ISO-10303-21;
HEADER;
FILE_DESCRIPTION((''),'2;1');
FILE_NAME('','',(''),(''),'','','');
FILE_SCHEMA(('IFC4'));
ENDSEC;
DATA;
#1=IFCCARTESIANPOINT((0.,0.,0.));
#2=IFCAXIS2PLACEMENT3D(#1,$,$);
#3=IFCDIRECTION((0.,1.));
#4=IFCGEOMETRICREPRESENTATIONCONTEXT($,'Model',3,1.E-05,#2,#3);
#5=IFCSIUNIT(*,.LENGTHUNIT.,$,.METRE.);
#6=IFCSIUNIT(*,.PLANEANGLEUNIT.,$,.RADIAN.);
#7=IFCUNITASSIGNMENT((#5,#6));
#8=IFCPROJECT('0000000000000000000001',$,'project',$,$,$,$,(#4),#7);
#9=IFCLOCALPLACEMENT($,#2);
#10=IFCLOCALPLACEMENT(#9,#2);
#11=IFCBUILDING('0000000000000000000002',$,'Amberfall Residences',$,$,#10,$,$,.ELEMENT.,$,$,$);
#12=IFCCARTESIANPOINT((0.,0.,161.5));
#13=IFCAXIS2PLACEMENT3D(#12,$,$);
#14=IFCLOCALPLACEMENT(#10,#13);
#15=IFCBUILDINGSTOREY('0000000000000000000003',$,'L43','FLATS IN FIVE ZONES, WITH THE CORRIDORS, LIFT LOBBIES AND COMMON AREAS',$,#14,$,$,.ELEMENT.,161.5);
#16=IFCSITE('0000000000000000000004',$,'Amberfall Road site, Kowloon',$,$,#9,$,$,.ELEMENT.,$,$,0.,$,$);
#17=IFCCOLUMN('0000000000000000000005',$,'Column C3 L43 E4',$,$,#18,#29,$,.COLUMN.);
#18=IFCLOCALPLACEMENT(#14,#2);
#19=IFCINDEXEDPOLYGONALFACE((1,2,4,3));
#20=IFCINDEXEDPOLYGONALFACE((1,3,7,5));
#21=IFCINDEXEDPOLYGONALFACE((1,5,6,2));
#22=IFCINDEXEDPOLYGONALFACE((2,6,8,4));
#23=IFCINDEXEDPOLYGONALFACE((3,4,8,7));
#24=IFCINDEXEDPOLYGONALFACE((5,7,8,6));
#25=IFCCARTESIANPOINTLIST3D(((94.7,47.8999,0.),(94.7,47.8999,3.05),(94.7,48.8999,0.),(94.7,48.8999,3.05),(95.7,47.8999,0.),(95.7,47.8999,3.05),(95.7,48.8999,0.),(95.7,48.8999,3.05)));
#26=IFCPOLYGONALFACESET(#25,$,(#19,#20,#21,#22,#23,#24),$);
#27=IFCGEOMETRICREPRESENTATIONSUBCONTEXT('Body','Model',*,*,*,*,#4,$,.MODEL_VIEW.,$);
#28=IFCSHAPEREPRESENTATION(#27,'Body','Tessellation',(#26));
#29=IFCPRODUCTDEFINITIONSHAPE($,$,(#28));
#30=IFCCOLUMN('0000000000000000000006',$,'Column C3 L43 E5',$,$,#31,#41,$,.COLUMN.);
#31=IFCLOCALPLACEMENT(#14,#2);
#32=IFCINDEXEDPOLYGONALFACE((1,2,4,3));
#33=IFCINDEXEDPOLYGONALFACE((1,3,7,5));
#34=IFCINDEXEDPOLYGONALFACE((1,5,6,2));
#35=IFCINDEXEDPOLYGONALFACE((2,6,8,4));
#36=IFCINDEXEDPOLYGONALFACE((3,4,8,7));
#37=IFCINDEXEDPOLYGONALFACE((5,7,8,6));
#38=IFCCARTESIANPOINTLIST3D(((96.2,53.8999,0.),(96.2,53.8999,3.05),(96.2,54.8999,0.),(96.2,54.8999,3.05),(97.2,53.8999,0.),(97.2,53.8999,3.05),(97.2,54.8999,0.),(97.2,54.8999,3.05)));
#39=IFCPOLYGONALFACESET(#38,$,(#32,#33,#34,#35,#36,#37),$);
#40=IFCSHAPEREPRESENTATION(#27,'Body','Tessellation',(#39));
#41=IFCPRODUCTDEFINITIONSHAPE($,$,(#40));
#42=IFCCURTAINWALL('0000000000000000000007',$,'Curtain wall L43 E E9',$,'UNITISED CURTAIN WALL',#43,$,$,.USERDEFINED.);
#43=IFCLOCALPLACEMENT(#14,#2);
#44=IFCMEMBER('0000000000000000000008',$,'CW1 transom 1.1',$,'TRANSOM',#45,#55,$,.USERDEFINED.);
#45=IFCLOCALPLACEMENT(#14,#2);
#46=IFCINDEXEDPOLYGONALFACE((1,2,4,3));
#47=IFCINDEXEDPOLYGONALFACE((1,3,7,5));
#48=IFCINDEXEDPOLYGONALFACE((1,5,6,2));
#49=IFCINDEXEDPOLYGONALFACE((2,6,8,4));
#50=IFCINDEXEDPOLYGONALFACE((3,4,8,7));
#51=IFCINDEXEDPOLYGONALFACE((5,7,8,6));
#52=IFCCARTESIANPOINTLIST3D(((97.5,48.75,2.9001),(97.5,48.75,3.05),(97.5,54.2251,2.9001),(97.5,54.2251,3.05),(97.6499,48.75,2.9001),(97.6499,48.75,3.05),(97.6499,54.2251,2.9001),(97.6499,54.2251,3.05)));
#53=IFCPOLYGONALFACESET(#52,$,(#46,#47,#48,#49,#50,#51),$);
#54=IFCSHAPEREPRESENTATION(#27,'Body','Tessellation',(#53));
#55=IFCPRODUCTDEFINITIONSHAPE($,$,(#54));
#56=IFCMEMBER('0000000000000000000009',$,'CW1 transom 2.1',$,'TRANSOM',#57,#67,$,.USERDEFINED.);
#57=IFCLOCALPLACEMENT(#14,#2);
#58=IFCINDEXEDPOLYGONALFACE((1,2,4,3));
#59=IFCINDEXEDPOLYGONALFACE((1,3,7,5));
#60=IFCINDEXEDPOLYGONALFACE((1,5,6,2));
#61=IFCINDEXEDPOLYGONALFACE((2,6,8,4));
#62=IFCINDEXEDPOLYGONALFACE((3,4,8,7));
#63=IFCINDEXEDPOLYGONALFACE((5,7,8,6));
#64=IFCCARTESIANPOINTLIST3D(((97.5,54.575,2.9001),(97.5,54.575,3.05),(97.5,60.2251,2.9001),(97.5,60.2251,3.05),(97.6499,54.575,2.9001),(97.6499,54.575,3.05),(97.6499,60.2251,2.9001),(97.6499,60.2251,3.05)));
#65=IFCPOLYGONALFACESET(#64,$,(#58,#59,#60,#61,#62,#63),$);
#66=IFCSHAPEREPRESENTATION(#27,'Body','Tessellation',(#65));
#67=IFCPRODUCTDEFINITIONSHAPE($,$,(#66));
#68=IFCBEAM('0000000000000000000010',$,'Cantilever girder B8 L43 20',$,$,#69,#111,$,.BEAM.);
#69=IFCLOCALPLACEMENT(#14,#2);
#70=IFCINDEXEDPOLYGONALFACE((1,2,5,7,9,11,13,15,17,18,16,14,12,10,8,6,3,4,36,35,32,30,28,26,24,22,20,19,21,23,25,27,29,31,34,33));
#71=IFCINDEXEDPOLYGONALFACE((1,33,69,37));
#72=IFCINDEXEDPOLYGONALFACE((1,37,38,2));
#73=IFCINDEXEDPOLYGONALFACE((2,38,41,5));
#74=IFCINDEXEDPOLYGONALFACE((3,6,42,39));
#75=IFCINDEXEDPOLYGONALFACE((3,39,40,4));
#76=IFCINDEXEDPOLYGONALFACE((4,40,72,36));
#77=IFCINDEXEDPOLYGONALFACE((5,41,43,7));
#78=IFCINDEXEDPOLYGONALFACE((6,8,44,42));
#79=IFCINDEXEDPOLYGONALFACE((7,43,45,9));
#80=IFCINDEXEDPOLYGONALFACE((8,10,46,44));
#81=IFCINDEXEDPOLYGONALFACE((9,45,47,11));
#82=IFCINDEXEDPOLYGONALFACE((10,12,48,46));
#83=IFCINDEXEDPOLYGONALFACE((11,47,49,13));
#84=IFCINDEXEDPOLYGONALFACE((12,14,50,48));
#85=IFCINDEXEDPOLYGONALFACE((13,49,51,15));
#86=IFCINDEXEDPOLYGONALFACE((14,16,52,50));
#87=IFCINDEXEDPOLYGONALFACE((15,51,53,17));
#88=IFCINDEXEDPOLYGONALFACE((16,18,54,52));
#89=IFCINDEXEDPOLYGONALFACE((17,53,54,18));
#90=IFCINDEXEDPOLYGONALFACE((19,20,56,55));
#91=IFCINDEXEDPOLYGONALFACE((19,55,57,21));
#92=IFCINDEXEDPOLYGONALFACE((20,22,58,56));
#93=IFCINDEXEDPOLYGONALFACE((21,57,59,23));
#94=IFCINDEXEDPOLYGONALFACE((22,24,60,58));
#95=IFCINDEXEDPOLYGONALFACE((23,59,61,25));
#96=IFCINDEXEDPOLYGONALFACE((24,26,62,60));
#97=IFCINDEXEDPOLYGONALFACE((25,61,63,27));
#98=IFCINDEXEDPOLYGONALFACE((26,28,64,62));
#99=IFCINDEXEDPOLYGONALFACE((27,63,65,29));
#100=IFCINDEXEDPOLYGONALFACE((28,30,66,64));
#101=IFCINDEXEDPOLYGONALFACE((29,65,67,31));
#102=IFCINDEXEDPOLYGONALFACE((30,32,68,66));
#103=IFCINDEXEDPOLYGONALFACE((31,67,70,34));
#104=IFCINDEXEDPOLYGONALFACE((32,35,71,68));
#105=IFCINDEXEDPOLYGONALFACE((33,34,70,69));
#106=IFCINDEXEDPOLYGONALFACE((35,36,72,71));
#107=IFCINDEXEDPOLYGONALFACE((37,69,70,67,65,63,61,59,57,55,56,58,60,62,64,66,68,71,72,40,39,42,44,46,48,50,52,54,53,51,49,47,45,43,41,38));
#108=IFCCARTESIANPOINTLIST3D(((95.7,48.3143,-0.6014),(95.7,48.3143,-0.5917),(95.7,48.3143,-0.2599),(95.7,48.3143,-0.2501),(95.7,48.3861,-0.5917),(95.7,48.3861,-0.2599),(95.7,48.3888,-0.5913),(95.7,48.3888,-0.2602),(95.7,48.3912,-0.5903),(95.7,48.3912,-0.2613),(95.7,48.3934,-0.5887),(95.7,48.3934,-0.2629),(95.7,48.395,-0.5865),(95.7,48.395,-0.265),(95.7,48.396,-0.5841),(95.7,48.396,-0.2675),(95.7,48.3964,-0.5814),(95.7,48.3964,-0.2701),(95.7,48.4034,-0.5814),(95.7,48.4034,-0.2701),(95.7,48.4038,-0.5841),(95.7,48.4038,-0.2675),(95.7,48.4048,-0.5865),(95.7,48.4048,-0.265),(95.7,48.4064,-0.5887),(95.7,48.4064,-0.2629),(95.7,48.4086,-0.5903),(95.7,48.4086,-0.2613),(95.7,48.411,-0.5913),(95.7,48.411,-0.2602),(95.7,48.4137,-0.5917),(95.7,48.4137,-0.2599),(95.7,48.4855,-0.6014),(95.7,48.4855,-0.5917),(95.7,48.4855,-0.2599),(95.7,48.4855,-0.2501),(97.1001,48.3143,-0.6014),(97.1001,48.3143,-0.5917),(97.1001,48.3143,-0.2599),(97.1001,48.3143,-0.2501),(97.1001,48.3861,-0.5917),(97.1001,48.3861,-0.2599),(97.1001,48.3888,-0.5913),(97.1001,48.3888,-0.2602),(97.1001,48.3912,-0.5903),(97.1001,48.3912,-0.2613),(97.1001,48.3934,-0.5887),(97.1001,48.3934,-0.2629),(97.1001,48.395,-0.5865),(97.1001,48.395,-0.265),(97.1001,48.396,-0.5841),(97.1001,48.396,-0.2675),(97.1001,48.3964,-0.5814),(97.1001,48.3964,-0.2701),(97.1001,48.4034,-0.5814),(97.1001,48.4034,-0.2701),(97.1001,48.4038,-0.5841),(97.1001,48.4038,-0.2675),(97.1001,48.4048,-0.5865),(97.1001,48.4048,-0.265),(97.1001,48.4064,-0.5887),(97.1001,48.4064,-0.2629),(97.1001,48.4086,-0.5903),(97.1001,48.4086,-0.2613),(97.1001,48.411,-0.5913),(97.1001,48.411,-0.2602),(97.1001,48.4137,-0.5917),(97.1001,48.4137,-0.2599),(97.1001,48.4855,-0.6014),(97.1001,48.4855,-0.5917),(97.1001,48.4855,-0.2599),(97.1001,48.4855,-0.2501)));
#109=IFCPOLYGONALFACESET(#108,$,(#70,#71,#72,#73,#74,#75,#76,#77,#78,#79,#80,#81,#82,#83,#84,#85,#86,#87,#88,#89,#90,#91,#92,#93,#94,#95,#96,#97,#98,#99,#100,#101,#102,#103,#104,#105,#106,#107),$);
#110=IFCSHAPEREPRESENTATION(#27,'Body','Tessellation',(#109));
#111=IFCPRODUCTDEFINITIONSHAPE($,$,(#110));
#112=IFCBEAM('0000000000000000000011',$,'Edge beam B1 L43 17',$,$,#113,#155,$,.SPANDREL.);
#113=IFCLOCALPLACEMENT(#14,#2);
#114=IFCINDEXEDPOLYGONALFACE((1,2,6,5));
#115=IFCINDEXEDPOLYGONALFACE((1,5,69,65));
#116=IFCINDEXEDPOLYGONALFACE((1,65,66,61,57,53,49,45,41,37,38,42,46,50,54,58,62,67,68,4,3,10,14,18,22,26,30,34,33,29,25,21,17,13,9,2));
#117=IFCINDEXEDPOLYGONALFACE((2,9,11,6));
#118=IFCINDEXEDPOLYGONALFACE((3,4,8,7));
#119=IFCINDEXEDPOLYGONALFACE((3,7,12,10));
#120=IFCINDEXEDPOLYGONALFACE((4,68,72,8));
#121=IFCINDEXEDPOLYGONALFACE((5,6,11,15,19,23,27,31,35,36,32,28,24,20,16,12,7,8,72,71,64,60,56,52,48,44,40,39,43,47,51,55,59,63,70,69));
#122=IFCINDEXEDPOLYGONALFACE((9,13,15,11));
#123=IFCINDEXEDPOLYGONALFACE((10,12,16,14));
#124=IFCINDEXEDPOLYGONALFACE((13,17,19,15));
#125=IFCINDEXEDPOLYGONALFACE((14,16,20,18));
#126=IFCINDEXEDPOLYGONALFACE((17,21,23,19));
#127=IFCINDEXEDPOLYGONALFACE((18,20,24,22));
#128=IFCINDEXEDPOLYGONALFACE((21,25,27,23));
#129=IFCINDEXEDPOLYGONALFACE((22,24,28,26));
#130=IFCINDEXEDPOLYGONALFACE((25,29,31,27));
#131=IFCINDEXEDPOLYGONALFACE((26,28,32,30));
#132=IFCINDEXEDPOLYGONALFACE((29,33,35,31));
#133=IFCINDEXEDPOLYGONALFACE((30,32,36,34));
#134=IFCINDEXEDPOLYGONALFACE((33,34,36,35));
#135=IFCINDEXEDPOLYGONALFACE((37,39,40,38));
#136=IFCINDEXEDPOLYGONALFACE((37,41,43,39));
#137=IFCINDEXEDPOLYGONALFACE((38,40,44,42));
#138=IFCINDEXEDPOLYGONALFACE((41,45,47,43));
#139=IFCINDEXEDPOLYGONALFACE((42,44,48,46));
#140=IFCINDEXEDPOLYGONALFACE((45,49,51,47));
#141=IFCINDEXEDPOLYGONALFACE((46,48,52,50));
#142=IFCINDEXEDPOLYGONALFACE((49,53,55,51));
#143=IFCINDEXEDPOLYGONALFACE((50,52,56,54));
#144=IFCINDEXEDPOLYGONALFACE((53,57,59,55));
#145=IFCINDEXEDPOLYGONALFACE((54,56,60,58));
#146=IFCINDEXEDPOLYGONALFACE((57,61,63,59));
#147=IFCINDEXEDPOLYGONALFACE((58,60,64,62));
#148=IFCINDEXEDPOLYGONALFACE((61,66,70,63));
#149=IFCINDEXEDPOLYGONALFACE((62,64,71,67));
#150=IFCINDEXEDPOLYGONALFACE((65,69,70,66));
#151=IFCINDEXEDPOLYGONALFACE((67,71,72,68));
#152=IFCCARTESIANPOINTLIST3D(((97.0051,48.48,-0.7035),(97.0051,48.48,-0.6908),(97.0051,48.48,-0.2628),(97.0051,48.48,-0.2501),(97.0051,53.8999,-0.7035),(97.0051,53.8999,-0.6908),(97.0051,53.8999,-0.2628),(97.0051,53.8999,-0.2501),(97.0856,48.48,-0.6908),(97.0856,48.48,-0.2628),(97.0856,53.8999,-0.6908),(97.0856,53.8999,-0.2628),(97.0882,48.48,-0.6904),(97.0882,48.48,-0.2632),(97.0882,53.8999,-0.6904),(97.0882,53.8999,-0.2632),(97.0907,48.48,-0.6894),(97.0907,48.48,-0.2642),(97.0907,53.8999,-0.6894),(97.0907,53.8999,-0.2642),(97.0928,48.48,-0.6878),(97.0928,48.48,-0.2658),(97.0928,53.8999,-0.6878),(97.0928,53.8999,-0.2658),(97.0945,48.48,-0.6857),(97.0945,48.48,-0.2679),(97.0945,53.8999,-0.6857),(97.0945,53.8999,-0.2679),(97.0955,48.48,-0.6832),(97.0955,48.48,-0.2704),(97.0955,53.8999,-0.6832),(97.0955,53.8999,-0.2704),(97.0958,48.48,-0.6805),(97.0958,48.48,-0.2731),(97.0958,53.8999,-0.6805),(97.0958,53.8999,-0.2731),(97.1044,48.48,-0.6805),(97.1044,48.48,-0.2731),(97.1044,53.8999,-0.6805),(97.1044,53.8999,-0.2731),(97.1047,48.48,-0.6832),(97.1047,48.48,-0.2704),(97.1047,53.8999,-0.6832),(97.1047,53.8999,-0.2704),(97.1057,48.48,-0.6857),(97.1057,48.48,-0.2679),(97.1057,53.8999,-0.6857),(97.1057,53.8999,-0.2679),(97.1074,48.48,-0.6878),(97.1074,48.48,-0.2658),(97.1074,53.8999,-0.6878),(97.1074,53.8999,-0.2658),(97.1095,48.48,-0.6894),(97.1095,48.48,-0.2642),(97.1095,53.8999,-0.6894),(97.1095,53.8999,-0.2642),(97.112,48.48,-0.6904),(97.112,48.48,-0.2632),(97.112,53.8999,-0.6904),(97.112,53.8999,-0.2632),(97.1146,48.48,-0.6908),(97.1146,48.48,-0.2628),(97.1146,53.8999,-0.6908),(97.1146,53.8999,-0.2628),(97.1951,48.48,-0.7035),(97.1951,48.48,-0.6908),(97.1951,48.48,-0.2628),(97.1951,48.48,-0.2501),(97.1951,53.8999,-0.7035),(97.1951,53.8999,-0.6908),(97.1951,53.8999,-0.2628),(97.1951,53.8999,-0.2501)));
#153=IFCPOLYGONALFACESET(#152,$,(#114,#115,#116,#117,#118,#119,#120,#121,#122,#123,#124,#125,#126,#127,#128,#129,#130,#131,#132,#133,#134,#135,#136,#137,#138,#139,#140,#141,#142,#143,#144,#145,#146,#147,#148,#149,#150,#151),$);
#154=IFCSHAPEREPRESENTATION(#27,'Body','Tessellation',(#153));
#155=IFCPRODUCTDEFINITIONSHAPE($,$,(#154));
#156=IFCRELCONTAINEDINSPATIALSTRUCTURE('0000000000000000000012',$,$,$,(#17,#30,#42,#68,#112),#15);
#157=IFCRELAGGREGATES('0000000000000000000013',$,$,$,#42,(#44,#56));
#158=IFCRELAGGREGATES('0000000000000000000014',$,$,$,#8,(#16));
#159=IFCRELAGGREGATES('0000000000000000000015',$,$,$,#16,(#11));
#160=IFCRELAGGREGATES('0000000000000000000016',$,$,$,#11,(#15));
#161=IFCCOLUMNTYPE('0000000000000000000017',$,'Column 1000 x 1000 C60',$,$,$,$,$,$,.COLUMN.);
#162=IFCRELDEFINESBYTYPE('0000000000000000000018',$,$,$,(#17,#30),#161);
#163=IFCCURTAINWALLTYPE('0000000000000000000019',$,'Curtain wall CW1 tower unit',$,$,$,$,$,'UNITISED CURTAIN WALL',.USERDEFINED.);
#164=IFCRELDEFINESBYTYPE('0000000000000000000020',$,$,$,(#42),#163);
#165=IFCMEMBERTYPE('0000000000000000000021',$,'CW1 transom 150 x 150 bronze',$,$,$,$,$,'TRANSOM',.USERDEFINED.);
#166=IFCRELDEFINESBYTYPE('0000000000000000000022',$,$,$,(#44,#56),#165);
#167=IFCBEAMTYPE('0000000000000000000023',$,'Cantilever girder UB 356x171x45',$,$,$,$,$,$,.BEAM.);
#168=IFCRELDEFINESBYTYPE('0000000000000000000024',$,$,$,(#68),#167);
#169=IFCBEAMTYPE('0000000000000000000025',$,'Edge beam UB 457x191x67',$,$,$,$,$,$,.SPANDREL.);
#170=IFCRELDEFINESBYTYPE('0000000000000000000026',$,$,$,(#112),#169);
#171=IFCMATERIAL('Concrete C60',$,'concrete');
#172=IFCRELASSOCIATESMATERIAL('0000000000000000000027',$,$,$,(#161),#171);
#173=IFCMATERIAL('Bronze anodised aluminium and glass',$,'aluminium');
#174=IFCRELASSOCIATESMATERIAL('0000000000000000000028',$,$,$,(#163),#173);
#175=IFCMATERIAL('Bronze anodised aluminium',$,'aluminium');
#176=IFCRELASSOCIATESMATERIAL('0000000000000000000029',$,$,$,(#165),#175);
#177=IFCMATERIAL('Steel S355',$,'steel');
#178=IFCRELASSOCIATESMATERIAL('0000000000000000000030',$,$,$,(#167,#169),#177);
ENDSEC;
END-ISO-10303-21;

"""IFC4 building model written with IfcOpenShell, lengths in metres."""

from ifc_helpers import new_model, si_unit, direction, frame, origin, origin_2d, place, context, subcontext, project, spatial, rectangle, i_section, extrude, material, material_profile, profile_set, type_object, element, aggregate, save


model = new_model("IFC4")

# Units and contexts
model_context = context("Model", 3, precision=1e-05, world=origin(), true_north=direction((0.0, 1.0)))
body_context = subcontext(model_context, "Body", "Model", "MODEL_VIEW")
ifc_project = project(units=[si_unit("LENGTHUNIT", "METRE"), si_unit("PLANEANGLEUNIT", "RADIAN")], contexts=[model_context])

# Site, building, storey
site_placement = place(None, origin())
site = spatial("IfcSite", under=ifc_project, at=site_placement, Name="Amberfall Road site, Kowloon", CompositionType="ELEMENT", RefElevation=0.0)
building_placement = place(site_placement, origin())
building = spatial("IfcBuilding", under=site, at=building_placement, Name="Amberfall Residences", CompositionType="ELEMENT")
storey_placement = place(building_placement, frame((0.0, 0.0, 161.5)))
storey = spatial("IfcBuildingStorey", under=building, at=storey_placement, Name="L43", Description="FLATS IN FIVE ZONES, WITH THE CORRIDORS, LIFT LOBBIES AND COMMON AREAS", CompositionType="ELEMENT", Elevation=161.5)

# Columns
ifc_material_1 = material(Name="Concrete C60", Category="concrete")
ifc_material_profile_1 = material_profile(ifc_material_1, rectangle(XDim=1.0, YDim=1.0, at=origin_2d()), Name="Column 1000 x 1000 C60")
ifc_profile_set_1 = profile_set([ifc_material_profile_1], Name="Concrete C60")
column_type = type_object("IfcColumnType", Name="Column 1000 x 1000 C60", PredefinedType="COLUMN", material=ifc_profile_set_1)
for number, where, z_axis, x_axis, name in (
    (1, (95.2, 48.3999, 0.0), (0.0, 0.0, 1.0), (1.0, 0.0, 0.0), "Column C3 L43 E4"),
    (2, (96.7, 54.3999, 0.0), (0.0, 0.0, 1.0), (1.0, 0.0, 0.0), "Column C3 L43 E5"),
):
    element("IfcColumn", number, at=place(storey_placement, frame(where, z_axis=z_axis, x_axis=x_axis)), inside=storey, type_object=column_type, Name=name, PredefinedType="COLUMN", context=body_context, shape_type="SweptSolid", body=[
        extrude(rectangle(XDim=1.0, YDim=1.0, at=origin_2d()), origin(), (0.0, 0.0, 1.0), 3.05),
    ])

# Curtain wall, members
ifc_material_2 = material(Name="Bronze anodised aluminium and glass", Category="aluminium")
curtain_wall_type = type_object("IfcCurtainWallType", Name="Curtain wall CW1 tower unit", ElementType="UNITISED CURTAIN WALL", PredefinedType="USERDEFINED", material=ifc_material_2)
curtain_wall_placement = place(storey_placement, origin())
curtain_wall = element("IfcCurtainWall", 3, at=curtain_wall_placement, inside=storey, type_object=curtain_wall_type, Name="Curtain wall L43 E E9", ObjectType="UNITISED CURTAIN WALL", PredefinedType="USERDEFINED")
ifc_material_3 = material(Name="Bronze anodised aluminium", Category="aluminium")
ifc_material_profile_2 = material_profile(ifc_material_3, rectangle(XDim=0.1499, YDim=0.1499, at=origin_2d()), Name="CW1 transom 150 x 150 bronze")
ifc_profile_set_2 = profile_set([ifc_material_profile_2], Name="Bronze anodised aluminium")
member_type_1 = type_object("IfcMemberType", Name="CW1 transom 150 x 150 bronze", ElementType="TRANSOM", PredefinedType="USERDEFINED", material=ifc_profile_set_2)
member_1_placement = place(storey_placement, frame((97.575, 48.75, 2.9751), z_axis=(0.0, 1.0, 0.0), x_axis=(-1.0, 0.0, 0.0)))
member_1 = element("IfcMember", 4, at=member_1_placement, type_object=member_type_1, Name="CW1 transom 1.1", ObjectType="TRANSOM", PredefinedType="USERDEFINED", context=body_context, shape_type="SweptSolid", body=[
    extrude(rectangle(XDim=0.1499, YDim=0.1499, at=origin_2d()), origin(), (0.0, 0.0, 1.0), 5.4751),
])
member_2_placement = place(storey_placement, frame((97.575, 54.575, 2.9751), z_axis=(0.0, 1.0, 0.0), x_axis=(-1.0, 0.0, 0.0)))
member_2 = element("IfcMember", 5, at=member_2_placement, type_object=member_type_1, Name="CW1 transom 2.1", ObjectType="TRANSOM", PredefinedType="USERDEFINED", context=body_context, shape_type="SweptSolid", body=[
    extrude(rectangle(XDim=0.1499, YDim=0.1499, at=origin_2d()), origin(), (0.0, 0.0, 1.0), 5.6501),
])

# Beams
ifc_material_4 = material(Name="Steel S355", Category="steel")
ifc_material_profile_3 = material_profile(ifc_material_4, i_section(OverallWidth=0.1711, OverallDepth=0.3513, WebThickness=0.0071, FlangeThickness=0.0098, FilletRadius=0.0103, at=origin_2d()), Name="UB 356x171x45")
ifc_profile_set_3 = profile_set([ifc_material_profile_3], Name="Steel S355")
beam_type_1 = type_object("IfcBeamType", Name="Cantilever girder UB 356x171x45", PredefinedType="BEAM", material=ifc_profile_set_3)
beam_1_placement = place(storey_placement, frame((95.7, 48.3999, -0.4258), z_axis=(1.0, 0.0, 0.0), x_axis=(0.0, 1.0, 0.0)))
element("IfcBeam", 6, at=beam_1_placement, inside=storey, type_object=beam_type_1, Name="Cantilever girder B8 L43 20", PredefinedType="BEAM", context=body_context, shape_type="SweptSolid", body=[
    extrude(i_section(OverallWidth=0.1711, OverallDepth=0.3513, WebThickness=0.0071, FlangeThickness=0.0098, FilletRadius=0.0103, at=origin_2d()), origin(), (0.0, 0.0, 1.0), 1.4001),
])
ifc_material_profile_4 = material_profile(ifc_material_4, i_section(OverallWidth=0.1899, OverallDepth=0.4534, WebThickness=0.0085, FlangeThickness=0.0127, FilletRadius=0.0103, at=origin_2d()), Name="UB 457x191x67")
ifc_profile_set_4 = profile_set([ifc_material_profile_4], Name="Steel S355")
beam_type_2 = type_object("IfcBeamType", Name="Edge beam UB 457x191x67", PredefinedType="SPANDREL", material=ifc_profile_set_4)
beam_2_placement = place(storey_placement, frame((97.1001, 48.48, -0.4768), z_axis=(0.0, 1.0, 0.0), x_axis=(-1.0, 0.0, 0.0)))
element("IfcBeam", 7, at=beam_2_placement, inside=storey, type_object=beam_type_2, Name="Edge beam B1 L43 17", PredefinedType="SPANDREL", context=body_context, shape_type="SweptSolid", body=[
    extrude(i_section(OverallWidth=0.1899, OverallDepth=0.4534, WebThickness=0.0085, FlangeThickness=0.0127, FilletRadius=0.0103, at=origin_2d()), origin(), (0.0, 0.0, 1.0), 5.4199),
])

aggregate(curtain_wall, [member_1, member_2])

save(model, "model.ifc")
